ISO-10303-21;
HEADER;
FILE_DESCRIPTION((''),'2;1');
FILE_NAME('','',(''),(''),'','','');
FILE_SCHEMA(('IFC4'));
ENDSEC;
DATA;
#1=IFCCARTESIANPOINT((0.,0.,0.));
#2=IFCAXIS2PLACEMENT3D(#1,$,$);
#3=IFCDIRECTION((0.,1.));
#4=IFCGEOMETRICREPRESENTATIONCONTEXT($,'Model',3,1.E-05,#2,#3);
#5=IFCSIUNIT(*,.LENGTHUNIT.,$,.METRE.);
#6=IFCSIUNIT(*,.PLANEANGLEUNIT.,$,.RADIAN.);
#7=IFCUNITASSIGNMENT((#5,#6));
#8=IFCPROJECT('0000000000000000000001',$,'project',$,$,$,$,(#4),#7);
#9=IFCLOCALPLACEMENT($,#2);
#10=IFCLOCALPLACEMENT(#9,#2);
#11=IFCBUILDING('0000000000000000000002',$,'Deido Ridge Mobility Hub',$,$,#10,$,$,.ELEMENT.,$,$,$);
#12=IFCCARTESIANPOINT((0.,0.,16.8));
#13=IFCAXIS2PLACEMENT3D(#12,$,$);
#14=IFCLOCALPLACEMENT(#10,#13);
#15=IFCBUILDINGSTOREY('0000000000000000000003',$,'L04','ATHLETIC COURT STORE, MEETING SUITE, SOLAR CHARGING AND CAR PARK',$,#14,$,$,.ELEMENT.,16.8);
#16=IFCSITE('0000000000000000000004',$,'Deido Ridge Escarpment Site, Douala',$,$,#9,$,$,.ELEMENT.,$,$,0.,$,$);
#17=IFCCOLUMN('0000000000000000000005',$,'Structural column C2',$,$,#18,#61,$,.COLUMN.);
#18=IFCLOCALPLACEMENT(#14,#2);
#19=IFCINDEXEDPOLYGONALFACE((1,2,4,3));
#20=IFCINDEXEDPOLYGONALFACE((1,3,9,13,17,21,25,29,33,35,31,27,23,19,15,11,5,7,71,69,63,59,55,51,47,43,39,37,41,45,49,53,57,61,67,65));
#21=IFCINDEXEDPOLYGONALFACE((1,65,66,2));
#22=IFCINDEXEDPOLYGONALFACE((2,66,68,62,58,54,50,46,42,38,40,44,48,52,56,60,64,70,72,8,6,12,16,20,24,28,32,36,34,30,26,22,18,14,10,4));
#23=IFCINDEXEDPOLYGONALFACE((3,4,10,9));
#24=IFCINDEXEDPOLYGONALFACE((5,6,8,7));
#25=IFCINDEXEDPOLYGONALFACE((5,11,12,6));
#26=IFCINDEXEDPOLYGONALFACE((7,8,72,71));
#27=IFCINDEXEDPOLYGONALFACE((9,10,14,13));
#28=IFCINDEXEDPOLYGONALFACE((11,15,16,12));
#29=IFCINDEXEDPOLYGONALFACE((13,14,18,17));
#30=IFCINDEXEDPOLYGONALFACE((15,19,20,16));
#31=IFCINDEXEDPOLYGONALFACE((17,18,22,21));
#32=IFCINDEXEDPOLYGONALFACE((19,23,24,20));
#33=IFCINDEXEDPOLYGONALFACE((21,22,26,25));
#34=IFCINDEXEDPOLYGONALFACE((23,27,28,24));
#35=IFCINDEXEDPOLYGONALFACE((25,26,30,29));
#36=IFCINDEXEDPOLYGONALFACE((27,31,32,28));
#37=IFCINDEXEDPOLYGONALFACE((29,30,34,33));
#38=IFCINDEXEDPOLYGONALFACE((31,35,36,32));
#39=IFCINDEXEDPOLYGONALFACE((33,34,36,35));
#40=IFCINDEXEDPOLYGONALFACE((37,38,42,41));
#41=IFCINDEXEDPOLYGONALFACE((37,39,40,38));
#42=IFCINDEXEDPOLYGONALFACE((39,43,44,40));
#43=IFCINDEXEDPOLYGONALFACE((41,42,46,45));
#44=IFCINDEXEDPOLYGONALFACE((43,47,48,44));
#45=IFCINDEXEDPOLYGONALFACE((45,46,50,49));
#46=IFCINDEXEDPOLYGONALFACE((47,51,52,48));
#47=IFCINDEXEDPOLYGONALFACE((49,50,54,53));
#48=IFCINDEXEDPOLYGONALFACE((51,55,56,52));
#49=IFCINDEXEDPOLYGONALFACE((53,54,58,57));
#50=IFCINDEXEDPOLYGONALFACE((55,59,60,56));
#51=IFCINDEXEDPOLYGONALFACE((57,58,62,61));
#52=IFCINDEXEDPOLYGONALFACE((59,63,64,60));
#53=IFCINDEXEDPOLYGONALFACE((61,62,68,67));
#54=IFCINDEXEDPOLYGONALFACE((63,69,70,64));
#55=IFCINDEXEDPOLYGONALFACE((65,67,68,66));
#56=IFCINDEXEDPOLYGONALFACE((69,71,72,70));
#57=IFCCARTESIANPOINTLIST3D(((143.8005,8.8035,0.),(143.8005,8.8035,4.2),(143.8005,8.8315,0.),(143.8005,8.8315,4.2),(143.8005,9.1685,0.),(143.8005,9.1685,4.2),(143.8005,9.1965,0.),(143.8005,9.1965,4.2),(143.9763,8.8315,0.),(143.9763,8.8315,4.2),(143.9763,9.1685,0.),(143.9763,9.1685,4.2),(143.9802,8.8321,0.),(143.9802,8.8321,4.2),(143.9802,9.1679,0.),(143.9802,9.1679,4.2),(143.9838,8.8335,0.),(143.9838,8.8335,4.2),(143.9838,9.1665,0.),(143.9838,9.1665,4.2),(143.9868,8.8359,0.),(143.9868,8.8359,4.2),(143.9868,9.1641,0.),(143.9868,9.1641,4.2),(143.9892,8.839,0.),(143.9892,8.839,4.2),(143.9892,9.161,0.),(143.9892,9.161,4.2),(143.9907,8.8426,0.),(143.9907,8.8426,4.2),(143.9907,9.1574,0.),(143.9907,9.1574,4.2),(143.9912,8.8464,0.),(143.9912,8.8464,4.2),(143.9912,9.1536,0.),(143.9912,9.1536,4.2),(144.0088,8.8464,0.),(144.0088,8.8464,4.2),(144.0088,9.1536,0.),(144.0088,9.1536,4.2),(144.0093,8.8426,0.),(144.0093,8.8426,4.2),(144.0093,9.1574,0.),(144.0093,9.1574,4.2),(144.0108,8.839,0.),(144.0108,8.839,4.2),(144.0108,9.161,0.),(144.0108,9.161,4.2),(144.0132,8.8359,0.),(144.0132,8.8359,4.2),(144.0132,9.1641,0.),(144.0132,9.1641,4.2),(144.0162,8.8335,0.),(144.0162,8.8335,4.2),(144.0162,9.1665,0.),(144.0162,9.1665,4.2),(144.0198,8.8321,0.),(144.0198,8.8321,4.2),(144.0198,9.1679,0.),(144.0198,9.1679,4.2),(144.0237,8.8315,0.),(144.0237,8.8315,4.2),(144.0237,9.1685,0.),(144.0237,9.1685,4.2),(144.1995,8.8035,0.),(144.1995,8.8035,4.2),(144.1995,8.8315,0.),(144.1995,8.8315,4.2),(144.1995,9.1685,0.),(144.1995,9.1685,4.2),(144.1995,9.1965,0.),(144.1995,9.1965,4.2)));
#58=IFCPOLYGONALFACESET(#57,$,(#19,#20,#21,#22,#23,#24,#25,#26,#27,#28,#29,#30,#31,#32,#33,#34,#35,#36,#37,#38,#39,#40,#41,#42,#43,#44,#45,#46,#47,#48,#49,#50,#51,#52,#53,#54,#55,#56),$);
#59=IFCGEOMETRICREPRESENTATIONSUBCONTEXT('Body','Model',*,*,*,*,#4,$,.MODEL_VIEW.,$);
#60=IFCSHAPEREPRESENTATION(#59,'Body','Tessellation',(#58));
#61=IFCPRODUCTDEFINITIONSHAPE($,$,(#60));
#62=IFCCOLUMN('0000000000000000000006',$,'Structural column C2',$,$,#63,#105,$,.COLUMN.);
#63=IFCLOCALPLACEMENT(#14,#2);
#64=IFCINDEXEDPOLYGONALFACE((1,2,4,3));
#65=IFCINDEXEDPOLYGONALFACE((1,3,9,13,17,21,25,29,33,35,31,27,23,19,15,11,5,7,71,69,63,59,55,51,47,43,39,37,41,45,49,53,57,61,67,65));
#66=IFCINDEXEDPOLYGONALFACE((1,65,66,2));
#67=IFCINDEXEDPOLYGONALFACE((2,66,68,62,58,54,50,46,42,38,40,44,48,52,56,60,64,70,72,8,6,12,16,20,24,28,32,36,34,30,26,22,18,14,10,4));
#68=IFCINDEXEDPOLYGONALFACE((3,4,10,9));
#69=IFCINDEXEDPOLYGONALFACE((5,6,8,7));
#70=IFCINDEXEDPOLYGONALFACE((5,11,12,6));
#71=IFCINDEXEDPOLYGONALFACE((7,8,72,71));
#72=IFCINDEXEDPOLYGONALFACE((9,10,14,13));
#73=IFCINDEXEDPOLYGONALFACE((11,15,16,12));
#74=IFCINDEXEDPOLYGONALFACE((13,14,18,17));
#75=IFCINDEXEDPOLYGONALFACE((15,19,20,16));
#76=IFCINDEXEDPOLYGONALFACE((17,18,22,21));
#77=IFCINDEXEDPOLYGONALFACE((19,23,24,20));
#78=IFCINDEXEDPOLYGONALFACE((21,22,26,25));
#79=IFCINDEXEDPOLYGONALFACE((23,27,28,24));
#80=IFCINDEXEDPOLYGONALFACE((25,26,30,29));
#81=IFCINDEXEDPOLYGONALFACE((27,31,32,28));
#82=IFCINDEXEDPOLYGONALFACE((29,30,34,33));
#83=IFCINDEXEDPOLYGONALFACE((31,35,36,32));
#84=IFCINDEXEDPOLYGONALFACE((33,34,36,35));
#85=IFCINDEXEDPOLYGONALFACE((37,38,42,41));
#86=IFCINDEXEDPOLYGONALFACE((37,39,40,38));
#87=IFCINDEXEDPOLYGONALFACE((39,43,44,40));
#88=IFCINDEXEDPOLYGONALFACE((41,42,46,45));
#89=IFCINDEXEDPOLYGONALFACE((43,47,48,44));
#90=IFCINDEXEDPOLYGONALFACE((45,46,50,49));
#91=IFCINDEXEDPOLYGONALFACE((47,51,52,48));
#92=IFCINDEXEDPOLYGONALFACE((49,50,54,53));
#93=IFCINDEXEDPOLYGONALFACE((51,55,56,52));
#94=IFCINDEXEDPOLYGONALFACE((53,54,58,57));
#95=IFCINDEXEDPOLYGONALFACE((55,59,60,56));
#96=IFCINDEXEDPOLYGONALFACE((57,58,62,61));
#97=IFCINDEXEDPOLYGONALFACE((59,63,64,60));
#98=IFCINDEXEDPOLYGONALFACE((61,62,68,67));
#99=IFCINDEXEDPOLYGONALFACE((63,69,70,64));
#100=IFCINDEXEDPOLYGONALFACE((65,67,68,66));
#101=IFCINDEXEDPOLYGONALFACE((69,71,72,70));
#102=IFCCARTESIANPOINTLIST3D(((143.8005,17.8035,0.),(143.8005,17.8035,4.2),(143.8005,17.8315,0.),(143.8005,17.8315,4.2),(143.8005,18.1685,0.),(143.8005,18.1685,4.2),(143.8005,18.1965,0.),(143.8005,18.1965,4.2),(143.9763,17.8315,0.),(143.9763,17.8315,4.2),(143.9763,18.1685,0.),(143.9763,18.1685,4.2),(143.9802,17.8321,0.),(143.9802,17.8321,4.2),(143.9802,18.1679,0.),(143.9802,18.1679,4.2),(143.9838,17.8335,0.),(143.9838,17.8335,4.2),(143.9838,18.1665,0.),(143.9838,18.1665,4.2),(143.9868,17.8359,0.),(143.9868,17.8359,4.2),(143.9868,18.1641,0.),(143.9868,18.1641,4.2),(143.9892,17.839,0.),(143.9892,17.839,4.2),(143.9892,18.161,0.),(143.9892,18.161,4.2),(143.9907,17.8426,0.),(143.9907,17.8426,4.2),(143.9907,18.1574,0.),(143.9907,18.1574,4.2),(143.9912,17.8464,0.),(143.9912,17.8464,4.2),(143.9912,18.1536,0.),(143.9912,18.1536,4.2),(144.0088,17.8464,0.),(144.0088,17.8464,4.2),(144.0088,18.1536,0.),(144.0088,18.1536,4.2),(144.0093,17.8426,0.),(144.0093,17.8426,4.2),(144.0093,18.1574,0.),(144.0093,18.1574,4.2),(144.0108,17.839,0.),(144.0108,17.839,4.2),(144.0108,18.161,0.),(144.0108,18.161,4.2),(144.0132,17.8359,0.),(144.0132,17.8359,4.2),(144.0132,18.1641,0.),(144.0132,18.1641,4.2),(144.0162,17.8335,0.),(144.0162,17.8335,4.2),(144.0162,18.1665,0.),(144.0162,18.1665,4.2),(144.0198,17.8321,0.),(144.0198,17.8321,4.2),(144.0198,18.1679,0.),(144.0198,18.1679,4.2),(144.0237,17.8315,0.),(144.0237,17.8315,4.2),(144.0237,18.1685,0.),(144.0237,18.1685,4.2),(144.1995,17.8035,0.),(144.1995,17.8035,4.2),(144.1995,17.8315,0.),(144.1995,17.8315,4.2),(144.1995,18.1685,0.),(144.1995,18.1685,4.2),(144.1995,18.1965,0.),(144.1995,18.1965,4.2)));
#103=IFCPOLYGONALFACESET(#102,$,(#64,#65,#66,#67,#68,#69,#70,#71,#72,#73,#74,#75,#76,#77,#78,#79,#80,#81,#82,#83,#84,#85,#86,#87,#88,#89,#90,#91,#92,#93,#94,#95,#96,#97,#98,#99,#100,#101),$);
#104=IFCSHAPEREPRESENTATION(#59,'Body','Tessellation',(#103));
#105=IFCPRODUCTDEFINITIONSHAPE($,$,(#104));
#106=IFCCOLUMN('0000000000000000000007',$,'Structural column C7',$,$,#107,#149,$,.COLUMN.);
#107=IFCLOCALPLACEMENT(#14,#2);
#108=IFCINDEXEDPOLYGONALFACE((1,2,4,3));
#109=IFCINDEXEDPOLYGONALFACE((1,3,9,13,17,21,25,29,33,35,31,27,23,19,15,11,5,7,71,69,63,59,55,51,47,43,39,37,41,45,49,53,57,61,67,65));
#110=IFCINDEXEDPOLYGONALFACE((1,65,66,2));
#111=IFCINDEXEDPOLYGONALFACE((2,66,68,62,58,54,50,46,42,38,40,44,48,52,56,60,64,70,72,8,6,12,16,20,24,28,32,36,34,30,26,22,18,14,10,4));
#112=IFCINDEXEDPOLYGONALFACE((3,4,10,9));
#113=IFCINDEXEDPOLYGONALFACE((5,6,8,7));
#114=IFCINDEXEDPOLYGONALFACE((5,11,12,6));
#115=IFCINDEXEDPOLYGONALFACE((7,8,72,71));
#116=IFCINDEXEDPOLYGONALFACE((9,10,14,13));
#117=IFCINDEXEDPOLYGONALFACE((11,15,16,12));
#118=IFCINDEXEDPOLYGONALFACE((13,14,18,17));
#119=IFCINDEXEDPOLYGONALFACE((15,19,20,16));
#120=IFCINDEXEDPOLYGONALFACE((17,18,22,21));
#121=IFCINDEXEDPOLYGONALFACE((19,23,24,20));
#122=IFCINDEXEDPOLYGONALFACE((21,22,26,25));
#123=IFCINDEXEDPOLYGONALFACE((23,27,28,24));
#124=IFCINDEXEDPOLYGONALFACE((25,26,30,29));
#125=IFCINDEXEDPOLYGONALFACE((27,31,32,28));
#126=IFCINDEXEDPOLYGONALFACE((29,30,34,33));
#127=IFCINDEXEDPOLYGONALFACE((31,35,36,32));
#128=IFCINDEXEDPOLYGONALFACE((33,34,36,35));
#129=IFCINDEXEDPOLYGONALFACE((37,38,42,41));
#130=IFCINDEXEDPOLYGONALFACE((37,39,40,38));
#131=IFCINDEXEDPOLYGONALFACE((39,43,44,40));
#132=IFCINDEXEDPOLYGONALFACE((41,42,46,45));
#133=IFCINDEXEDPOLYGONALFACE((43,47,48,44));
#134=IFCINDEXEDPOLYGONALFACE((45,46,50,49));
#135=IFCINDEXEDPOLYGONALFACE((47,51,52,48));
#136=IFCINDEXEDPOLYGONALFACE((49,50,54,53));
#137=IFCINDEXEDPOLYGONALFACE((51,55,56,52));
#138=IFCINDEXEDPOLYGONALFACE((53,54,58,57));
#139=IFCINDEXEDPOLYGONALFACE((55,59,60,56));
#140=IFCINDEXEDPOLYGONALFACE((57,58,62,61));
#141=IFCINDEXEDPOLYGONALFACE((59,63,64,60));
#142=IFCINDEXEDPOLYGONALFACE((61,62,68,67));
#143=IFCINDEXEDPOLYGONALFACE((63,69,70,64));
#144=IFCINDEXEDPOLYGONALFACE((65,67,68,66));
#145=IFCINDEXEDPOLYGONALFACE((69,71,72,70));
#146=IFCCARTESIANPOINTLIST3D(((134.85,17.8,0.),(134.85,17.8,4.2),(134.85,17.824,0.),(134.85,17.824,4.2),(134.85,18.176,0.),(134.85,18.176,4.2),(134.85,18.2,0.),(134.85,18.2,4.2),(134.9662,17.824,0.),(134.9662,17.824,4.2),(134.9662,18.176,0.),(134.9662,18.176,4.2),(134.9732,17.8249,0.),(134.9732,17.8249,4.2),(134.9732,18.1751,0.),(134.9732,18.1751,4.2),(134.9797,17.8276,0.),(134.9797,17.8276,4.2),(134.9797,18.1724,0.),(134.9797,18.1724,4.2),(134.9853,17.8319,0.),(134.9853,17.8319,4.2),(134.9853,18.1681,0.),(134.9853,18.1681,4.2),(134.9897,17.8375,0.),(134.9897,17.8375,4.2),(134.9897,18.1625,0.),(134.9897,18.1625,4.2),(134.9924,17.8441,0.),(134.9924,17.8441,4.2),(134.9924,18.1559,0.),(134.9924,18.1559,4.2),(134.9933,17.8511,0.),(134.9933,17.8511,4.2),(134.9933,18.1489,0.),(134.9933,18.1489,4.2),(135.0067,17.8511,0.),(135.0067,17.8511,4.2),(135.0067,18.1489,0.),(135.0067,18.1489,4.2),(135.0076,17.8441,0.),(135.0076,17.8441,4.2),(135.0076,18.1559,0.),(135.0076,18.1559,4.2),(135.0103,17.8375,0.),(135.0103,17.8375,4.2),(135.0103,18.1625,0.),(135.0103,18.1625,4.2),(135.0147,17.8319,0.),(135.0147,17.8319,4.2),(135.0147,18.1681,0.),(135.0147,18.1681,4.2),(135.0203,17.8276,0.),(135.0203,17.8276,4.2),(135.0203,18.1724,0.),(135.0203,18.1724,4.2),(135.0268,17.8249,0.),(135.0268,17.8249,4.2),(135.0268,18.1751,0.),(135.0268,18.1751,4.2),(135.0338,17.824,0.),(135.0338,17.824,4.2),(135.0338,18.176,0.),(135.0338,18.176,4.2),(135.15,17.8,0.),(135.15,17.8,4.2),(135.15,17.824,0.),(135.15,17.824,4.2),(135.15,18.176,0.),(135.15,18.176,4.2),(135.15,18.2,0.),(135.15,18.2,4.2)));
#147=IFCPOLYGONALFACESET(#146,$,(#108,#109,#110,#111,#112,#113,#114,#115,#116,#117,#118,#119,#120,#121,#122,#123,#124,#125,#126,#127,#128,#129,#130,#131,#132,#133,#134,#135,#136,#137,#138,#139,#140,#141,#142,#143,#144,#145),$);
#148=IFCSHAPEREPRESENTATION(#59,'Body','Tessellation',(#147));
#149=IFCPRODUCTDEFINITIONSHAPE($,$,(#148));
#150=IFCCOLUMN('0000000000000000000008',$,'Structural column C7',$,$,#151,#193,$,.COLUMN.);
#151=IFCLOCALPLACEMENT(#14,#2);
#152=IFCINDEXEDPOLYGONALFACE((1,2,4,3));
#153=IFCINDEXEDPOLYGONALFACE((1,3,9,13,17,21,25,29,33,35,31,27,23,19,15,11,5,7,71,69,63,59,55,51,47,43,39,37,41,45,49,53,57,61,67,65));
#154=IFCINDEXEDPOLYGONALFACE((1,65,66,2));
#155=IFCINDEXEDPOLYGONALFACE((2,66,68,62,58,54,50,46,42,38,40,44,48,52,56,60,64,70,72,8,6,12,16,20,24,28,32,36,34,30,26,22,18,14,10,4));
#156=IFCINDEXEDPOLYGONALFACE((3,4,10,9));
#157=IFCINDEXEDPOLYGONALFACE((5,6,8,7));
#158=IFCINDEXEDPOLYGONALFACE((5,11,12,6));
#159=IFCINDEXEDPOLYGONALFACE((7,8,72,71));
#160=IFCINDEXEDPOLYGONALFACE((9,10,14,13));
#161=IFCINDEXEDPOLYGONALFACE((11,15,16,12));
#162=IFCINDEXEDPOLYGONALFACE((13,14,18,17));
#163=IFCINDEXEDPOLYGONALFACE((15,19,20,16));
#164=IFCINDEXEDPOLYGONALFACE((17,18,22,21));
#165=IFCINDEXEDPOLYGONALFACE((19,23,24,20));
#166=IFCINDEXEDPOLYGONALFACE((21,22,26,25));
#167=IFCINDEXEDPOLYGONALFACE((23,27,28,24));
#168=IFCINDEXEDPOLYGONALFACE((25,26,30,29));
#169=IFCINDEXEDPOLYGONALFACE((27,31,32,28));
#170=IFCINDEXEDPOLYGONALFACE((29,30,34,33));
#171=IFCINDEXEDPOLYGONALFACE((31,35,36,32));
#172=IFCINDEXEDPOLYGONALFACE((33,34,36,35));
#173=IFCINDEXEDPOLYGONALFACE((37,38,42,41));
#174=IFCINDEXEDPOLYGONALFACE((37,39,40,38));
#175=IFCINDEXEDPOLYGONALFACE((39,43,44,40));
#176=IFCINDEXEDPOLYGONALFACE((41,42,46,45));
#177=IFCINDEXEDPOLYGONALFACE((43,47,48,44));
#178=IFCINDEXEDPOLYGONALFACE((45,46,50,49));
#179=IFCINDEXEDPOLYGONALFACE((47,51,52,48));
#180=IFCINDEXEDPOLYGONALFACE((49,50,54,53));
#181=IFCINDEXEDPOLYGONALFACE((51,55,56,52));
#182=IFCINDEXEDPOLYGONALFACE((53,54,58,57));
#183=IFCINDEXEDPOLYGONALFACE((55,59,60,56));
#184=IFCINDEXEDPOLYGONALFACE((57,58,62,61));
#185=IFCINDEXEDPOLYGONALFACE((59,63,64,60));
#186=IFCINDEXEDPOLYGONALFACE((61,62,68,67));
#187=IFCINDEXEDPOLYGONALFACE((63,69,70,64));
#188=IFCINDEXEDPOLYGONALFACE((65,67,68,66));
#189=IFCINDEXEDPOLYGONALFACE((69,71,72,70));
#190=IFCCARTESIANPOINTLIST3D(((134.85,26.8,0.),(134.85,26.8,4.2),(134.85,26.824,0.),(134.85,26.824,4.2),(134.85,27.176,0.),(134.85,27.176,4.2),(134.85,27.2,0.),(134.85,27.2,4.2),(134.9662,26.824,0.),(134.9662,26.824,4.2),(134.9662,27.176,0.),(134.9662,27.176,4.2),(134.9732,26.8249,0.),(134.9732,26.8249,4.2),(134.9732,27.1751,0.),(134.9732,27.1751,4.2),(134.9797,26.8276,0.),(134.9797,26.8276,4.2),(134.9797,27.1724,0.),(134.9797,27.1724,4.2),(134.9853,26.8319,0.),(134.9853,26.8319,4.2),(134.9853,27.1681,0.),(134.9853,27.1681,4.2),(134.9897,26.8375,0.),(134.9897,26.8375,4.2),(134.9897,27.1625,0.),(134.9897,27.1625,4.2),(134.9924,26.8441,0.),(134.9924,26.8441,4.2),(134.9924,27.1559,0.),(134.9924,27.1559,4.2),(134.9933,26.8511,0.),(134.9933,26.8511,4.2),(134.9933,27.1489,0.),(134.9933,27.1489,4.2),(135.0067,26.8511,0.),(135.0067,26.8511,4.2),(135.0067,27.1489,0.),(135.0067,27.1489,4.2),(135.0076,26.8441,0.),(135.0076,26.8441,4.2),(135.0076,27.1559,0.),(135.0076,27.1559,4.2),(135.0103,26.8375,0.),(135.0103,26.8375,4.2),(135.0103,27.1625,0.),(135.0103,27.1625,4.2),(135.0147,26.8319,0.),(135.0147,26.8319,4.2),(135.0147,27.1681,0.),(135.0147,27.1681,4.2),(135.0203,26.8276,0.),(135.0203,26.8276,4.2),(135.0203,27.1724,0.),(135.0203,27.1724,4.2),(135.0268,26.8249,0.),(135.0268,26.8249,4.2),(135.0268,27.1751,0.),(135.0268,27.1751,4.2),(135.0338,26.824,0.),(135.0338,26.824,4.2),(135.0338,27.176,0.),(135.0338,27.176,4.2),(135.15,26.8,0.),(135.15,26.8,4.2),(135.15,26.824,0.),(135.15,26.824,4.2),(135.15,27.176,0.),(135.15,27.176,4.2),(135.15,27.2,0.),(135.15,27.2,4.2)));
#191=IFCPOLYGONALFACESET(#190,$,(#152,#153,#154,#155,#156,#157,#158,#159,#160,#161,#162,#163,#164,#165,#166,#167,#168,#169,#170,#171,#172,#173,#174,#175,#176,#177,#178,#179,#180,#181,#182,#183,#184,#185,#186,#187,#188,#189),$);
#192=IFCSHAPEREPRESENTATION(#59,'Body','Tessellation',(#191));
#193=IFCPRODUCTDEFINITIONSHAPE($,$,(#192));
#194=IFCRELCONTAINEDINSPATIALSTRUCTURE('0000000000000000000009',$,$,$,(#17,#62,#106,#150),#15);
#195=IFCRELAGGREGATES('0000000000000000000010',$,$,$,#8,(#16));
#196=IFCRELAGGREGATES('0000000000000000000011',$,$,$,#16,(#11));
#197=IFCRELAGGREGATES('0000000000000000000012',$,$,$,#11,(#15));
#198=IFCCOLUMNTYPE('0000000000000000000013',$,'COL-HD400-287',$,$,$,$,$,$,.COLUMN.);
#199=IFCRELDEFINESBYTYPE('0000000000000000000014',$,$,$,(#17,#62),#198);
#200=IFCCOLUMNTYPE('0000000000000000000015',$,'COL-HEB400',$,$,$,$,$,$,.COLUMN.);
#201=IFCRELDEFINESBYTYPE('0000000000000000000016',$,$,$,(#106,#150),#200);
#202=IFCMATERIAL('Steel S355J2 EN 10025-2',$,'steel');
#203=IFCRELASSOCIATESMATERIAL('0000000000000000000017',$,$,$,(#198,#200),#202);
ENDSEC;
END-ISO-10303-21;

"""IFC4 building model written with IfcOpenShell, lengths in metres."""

from ifc_helpers import new_model, si_unit, direction, frame, origin, origin_2d, place, context, subcontext, project, spatial, i_section, extrude, material, material_profile, profile_set, type_object, element, save


model = new_model("IFC4")

# Units and contexts
model_context = context("Model", 3, precision=1e-05, world=origin(), true_north=direction((0.0, 1.0)))
body_context = subcontext(model_context, "Body", "Model", "MODEL_VIEW")
ifc_project = project(units=[si_unit("LENGTHUNIT", "METRE"), si_unit("PLANEANGLEUNIT", "RADIAN")], contexts=[model_context])

# Site, building, storey
site_placement = place(None, origin())
site = spatial("IfcSite", under=ifc_project, at=site_placement, Name="Deido Ridge Escarpment Site, Douala", CompositionType="ELEMENT", RefElevation=0.0)
building_placement = place(site_placement, origin())
building = spatial("IfcBuilding", under=site, at=building_placement, Name="Deido Ridge Mobility Hub", CompositionType="ELEMENT")
storey_placement = place(building_placement, frame((0.0, 0.0, 16.8)))
storey = spatial("IfcBuildingStorey", under=building, at=storey_placement, Name="L04", Description="ATHLETIC COURT STORE, MEETING SUITE, SOLAR CHARGING AND CAR PARK", CompositionType="ELEMENT", Elevation=16.8)

# Columns
ifc_material_1 = material(Name="Steel S355J2 EN 10025-2", Category="steel")
ifc_material_profile_1 = material_profile(ifc_material_1, i_section(OverallWidth=0.3989, OverallDepth=0.3931, WebThickness=0.0176, FlangeThickness=0.0281, FilletRadius=0.0149, at=origin_2d()), Name="HD 400x287")
ifc_profile_set_1 = profile_set([ifc_material_profile_1], Name="Steel S355J2 EN 10025-2")
column_type_1 = type_object("IfcColumnType", Name="COL-HD400-287", PredefinedType="COLUMN", material=ifc_profile_set_1)
for number, where, z_axis, x_axis, name in (
    (1, (144.0, 9.0, 0.0), (0.0, 0.0, 1.0), (1.0, 0.0, 0.0), "Structural column C2"),
    (2, (144.0, 18.0, 0.0), (0.0, 0.0, 1.0), (1.0, 0.0, 0.0), "Structural column C2"),
):
    element("IfcColumn", number, at=place(storey_placement, frame(where, z_axis=z_axis, x_axis=x_axis)), inside=storey, type_object=column_type_1, Name=name, PredefinedType="COLUMN", context=body_context, shape_type="SweptSolid", body=[
        extrude(i_section(OverallWidth=0.3989, OverallDepth=0.3931, WebThickness=0.0176, FlangeThickness=0.0281, FilletRadius=0.0149, at=origin_2d()), origin(), (0.0, 0.0, 1.0), 4.2),
    ])
ifc_material_profile_2 = material_profile(ifc_material_1, i_section(OverallWidth=0.3, OverallDepth=0.3999, WebThickness=0.0134, FlangeThickness=0.0239, FilletRadius=0.0271, at=origin_2d()), Name="HEB 400")
ifc_profile_set_2 = profile_set([ifc_material_profile_2], Name="Steel S355J2 EN 10025-2")
column_type_2 = type_object("IfcColumnType", Name="COL-HEB400", PredefinedType="COLUMN", material=ifc_profile_set_2)
for number, where, z_axis, x_axis, name in (
    (3, (135.0, 18.0, 0.0), (0.0, 0.0, 1.0), (1.0, 0.0, 0.0), "Structural column C7"),
    (4, (135.0, 27.0, 0.0), (0.0, 0.0, 1.0), (1.0, 0.0, 0.0), "Structural column C7"),
):
    element("IfcColumn", number, at=place(storey_placement, frame(where, z_axis=z_axis, x_axis=x_axis)), inside=storey, type_object=column_type_2, Name=name, PredefinedType="COLUMN", context=body_context, shape_type="SweptSolid", body=[
        extrude(i_section(OverallWidth=0.3, OverallDepth=0.3999, WebThickness=0.0134, FlangeThickness=0.0239, FilletRadius=0.0271, at=origin_2d()), origin(), (0.0, 0.0, 1.0), 4.2),
    ])

save(model, "model.ifc")
